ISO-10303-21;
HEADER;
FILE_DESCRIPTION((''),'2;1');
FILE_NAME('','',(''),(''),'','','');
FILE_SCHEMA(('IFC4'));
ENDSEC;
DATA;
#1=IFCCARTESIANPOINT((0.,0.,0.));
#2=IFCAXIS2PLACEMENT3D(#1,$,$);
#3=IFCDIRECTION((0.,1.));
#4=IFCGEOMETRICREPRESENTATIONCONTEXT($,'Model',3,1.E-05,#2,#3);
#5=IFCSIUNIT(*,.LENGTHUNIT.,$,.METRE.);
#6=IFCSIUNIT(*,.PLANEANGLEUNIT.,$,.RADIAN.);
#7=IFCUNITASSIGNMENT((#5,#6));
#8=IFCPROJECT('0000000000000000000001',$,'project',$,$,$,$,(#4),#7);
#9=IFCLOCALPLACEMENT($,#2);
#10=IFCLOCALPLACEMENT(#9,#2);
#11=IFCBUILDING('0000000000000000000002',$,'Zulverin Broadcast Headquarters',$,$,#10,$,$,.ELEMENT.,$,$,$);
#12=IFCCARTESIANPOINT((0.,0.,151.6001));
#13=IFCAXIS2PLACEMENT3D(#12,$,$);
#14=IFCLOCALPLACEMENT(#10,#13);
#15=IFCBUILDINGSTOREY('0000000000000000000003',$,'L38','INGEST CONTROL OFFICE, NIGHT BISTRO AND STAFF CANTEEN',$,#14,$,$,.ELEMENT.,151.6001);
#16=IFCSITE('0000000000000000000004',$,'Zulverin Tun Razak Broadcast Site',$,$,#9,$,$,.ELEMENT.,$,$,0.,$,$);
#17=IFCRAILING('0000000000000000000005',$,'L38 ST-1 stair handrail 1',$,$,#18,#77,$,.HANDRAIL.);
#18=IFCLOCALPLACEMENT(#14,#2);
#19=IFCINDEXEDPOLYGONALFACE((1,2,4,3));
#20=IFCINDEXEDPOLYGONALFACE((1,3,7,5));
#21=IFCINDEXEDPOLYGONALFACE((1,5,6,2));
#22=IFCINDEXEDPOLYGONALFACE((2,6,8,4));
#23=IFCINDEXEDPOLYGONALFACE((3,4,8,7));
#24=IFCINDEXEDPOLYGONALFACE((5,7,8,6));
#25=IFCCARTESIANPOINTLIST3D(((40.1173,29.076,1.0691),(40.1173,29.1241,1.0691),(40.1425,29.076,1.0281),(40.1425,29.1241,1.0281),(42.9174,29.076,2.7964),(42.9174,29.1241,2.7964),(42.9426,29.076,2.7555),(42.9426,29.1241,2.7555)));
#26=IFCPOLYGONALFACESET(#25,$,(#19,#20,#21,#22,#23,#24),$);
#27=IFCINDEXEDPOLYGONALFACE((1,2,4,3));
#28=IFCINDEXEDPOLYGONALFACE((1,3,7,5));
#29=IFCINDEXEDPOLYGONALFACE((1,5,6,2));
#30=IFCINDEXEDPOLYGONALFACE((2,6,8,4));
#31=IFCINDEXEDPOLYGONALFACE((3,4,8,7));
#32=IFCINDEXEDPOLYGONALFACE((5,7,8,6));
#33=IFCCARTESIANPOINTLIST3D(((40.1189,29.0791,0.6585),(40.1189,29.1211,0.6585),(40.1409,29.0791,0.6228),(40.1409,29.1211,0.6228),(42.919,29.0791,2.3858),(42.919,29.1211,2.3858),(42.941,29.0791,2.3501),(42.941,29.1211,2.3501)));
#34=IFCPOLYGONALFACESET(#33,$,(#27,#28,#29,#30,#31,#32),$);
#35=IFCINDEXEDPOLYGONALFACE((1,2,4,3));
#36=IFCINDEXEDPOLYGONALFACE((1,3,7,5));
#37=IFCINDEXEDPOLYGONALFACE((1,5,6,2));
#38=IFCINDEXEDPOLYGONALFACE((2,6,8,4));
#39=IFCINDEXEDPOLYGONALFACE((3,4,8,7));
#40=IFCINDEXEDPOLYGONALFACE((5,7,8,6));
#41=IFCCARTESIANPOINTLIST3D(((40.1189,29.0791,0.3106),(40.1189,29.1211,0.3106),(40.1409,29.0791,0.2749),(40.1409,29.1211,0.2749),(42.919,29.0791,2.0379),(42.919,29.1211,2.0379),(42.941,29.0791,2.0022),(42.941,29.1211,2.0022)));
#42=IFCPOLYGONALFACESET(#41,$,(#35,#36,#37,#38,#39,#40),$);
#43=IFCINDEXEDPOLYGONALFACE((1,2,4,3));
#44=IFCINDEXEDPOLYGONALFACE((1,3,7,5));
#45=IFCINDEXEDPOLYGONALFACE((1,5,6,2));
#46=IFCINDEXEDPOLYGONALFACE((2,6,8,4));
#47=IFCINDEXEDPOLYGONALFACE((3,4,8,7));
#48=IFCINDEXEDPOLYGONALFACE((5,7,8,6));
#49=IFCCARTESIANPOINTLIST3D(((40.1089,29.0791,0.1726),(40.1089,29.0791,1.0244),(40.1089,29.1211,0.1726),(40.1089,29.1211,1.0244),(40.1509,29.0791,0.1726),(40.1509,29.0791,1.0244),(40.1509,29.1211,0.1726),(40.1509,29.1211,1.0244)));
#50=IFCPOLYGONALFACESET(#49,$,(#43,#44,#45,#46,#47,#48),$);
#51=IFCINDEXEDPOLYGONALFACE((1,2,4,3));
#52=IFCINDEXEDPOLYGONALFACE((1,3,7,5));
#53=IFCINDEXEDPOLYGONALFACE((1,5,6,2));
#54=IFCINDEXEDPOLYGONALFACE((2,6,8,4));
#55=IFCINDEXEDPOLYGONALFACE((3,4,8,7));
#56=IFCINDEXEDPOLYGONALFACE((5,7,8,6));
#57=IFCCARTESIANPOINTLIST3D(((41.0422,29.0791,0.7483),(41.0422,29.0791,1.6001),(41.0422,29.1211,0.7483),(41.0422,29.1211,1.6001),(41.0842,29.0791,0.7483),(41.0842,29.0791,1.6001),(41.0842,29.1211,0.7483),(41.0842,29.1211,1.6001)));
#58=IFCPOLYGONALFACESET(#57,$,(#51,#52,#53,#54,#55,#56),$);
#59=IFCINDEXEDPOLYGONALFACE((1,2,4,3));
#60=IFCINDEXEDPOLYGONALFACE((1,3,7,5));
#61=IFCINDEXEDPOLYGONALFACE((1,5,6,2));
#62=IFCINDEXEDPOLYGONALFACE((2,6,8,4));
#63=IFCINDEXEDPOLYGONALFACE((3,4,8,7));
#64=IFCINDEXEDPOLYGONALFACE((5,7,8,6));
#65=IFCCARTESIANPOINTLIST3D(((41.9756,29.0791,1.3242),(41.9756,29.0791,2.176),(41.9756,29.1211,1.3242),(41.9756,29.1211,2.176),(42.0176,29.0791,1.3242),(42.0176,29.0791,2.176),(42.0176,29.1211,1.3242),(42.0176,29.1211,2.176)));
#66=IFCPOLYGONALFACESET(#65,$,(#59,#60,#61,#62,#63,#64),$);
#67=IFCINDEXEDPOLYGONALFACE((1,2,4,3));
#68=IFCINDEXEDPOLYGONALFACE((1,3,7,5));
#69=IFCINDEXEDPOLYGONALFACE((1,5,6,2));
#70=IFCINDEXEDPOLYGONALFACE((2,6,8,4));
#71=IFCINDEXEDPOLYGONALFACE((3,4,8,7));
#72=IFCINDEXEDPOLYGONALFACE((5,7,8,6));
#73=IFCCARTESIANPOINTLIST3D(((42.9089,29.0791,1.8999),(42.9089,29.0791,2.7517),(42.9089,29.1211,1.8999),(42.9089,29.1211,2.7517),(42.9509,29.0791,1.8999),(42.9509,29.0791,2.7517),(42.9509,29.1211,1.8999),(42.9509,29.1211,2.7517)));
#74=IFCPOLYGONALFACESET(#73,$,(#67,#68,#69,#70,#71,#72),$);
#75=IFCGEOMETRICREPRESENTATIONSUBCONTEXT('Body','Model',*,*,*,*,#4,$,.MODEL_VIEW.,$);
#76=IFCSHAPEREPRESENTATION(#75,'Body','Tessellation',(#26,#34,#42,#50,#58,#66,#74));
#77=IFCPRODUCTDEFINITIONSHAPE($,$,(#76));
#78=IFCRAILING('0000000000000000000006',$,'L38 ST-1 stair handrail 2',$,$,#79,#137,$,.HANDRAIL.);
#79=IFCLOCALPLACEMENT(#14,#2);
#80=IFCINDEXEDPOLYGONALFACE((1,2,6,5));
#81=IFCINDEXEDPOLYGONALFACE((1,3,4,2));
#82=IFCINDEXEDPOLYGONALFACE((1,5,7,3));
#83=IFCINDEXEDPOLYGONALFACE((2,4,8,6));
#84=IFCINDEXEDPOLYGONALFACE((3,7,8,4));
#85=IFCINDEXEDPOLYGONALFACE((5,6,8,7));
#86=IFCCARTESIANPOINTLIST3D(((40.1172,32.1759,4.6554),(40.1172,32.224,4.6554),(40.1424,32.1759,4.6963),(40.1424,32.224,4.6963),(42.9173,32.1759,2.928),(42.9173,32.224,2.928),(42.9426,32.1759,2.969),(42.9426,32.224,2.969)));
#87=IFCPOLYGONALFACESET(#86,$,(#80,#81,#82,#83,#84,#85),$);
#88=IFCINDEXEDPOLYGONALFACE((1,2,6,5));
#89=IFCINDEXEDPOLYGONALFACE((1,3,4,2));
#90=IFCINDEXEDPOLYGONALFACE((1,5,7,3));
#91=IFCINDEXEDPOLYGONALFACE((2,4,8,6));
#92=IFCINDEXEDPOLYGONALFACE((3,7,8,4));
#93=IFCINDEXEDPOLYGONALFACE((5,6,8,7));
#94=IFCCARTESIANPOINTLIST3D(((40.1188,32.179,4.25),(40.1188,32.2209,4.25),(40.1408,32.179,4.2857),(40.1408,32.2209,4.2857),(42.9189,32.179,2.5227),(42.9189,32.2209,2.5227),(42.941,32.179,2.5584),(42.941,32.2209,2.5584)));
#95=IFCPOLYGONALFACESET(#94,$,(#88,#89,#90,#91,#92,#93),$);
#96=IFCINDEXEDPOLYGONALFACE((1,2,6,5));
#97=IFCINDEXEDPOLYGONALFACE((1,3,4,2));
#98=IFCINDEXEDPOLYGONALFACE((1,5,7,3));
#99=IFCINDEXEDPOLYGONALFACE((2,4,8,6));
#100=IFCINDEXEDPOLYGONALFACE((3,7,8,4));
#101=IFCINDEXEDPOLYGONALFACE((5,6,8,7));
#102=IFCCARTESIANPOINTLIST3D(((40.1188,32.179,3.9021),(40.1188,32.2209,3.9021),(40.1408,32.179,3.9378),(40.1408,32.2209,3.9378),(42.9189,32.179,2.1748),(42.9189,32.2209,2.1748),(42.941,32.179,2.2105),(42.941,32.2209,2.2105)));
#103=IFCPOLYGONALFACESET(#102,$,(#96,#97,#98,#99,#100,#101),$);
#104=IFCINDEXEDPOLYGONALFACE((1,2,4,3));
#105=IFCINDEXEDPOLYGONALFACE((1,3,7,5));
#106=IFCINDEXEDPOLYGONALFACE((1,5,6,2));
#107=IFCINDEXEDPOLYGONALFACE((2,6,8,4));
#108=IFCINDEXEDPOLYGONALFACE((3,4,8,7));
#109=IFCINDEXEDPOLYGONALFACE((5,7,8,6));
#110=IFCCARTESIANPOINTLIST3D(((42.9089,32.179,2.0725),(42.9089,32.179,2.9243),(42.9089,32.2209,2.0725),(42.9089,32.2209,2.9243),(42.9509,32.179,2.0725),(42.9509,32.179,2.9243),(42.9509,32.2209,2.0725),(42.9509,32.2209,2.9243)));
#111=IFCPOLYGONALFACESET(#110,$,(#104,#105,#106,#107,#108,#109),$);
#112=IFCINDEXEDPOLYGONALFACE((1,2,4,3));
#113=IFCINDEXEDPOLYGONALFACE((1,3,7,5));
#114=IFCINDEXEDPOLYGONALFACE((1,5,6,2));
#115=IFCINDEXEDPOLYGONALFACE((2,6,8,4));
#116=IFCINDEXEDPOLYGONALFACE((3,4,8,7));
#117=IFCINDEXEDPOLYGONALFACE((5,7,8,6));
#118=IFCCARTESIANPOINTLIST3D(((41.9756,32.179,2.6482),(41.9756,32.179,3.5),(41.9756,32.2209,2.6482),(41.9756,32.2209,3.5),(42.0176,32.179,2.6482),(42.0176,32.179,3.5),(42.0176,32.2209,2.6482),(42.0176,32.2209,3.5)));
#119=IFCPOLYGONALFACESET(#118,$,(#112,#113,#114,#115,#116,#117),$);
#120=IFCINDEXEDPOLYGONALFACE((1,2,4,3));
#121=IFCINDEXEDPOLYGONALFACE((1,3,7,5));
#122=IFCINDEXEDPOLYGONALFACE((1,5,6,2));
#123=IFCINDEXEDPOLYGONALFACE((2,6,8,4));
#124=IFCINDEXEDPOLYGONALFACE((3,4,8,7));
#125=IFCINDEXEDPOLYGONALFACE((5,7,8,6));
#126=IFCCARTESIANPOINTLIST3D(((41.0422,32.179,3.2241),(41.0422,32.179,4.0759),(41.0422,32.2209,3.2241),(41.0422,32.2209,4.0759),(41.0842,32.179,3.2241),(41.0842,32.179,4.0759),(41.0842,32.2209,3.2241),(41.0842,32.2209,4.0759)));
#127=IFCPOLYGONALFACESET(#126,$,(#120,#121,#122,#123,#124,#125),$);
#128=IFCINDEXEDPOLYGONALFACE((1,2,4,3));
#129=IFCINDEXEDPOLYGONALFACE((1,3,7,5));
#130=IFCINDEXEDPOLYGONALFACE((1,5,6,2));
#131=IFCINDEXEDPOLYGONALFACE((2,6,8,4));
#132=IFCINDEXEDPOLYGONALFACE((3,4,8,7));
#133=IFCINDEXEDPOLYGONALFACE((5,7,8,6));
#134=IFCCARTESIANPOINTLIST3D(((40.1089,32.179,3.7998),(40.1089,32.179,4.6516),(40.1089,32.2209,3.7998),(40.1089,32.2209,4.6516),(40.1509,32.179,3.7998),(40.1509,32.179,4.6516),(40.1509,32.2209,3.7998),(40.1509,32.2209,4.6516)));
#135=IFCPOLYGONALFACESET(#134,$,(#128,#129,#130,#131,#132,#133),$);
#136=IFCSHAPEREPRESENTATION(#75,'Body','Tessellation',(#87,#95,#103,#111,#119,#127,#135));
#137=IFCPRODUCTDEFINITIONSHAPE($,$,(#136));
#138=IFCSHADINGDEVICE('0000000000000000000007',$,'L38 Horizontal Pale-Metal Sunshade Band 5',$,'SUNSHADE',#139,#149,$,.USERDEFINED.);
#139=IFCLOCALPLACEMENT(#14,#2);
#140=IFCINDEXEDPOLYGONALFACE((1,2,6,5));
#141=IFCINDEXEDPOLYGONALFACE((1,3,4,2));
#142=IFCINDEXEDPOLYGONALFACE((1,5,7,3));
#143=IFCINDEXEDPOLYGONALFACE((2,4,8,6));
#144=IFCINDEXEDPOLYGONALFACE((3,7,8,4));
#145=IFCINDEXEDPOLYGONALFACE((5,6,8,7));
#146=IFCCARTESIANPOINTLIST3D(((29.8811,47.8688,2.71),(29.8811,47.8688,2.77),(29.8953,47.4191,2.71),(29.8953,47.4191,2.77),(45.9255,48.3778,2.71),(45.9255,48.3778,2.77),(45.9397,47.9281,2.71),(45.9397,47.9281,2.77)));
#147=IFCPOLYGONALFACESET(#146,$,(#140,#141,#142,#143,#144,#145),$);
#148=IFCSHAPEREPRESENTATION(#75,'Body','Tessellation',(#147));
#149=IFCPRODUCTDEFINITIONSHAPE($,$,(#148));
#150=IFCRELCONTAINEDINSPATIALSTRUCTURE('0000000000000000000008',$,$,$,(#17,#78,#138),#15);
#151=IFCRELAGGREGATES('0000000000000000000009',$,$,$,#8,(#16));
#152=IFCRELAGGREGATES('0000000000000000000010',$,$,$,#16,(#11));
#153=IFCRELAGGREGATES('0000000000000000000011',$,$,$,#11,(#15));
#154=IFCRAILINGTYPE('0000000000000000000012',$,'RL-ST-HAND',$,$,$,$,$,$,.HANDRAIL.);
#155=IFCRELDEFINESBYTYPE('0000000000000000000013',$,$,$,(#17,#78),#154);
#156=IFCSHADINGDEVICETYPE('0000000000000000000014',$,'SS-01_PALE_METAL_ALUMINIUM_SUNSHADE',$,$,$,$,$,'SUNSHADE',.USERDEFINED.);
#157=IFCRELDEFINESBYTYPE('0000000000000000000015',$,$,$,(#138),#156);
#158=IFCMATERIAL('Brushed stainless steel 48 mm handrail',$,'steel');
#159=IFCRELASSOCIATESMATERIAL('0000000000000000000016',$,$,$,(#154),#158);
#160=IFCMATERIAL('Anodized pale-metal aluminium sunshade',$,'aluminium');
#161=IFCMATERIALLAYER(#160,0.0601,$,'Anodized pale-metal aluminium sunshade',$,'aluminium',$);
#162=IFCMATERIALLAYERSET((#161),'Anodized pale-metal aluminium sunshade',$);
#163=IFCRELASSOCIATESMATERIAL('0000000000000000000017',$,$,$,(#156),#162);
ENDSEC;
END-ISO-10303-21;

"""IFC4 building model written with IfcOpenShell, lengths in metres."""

from ifc_helpers import new_model, si_unit, direction, frame, origin, origin_2d, place, context, subcontext, project, spatial, rectangle, extrude, material, layer, layer_set, type_object, element, save


model = new_model("IFC4")

# Units and contexts
model_context = context("Model", 3, precision=1e-05, world=origin(), true_north=direction((0.0, 1.0)))
body_context = subcontext(model_context, "Body", "Model", "MODEL_VIEW")
ifc_project = project(units=[si_unit("LENGTHUNIT", "METRE"), si_unit("PLANEANGLEUNIT", "RADIAN")], contexts=[model_context])

# Site, building, storey
site_placement = place(None, origin())
site = spatial("IfcSite", under=ifc_project, at=site_placement, Name="Zulverin Tun Razak Broadcast Site", CompositionType="ELEMENT", RefElevation=0.0)
building_placement = place(site_placement, origin())
building = spatial("IfcBuilding", under=site, at=building_placement, Name="Zulverin Broadcast Headquarters", CompositionType="ELEMENT")
storey_placement = place(building_placement, frame((0.0, 0.0, 151.6001)))
storey = spatial("IfcBuildingStorey", under=building, at=storey_placement, Name="L38", Description="INGEST CONTROL OFFICE, NIGHT BISTRO AND STAFF CANTEEN", CompositionType="ELEMENT", Elevation=151.6001)

# Railings
ifc_material_1 = material(Name="Brushed stainless steel 48 mm handrail", Category="steel")
railing_type_1 = type_object("IfcRailingType", Name="RL-ST-HAND", PredefinedType="HANDRAIL", material=ifc_material_1)
railing_1_placement = place(storey_placement, frame((40.1299, 29.1001, 0.1726)))
element("IfcRailing", 1, at=railing_1_placement, inside=storey, type_object=railing_type_1, Name="L38 ST-1 stair handrail 1", PredefinedType="HANDRAIL", context=body_context, shape_type="SweptSolid", body=[
    extrude(rectangle(XDim=0.0481, YDim=0.0481, at=origin_2d()), frame((0.0, 0.0, 0.876), z_axis=(0.85109, 0.0, 0.52502), x_axis=(0.0, 1.0, 0.0)), (0.0, 0.0, 1.0), 3.29),
    extrude(rectangle(XDim=0.042, YDim=0.042, at=origin_2d()), frame((0.0, 0.0, 0.468), z_axis=(0.85109, 0.0, 0.52502), x_axis=(0.0, 1.0, 0.0)), (0.0, 0.0, 1.0), 3.29),
    extrude(rectangle(XDim=0.042, YDim=0.042, at=origin_2d()), frame((0.0, 0.0, 0.1201), z_axis=(0.85109, 0.0, 0.52502), x_axis=(0.0, 1.0, 0.0)), (0.0, 0.0, 1.0), 3.29),
    extrude(rectangle(XDim=0.042, YDim=0.042, at=origin_2d()), origin(), (0.0, 0.0, 1.0), 0.8518),
    extrude(rectangle(XDim=0.042, YDim=0.042, at=origin_2d()), frame((0.9333, 0.0, 0.5757)), (0.0, 0.0, 1.0), 0.8518),
    extrude(rectangle(XDim=0.042, YDim=0.042, at=origin_2d()), frame((1.8667, 0.0, 1.1516)), (0.0, 0.0, 1.0), 0.8518),
    extrude(rectangle(XDim=0.042, YDim=0.042, at=origin_2d()), frame((2.8, 0.0, 1.7273)), (0.0, 0.0, 1.0), 0.8518),
])
railing_2_placement = place(storey_placement, frame((42.9299, 32.2, 2.0725)))
element("IfcRailing", 2, at=railing_2_placement, inside=storey, type_object=railing_type_1, Name="L38 ST-1 stair handrail 2", PredefinedType="HANDRAIL", context=body_context, shape_type="SweptSolid", body=[
    extrude(rectangle(XDim=0.0481, YDim=0.0481, at=origin_2d()), frame((0.0, 0.0, 0.876), z_axis=(-0.85109, 0.0, 0.52502), x_axis=(0.0, -1.0, 0.0)), (0.0, 0.0, 1.0), 3.29),
    extrude(rectangle(XDim=0.042, YDim=0.042, at=origin_2d()), frame((0.0, 0.0, 0.468), z_axis=(-0.85109, 0.0, 0.52502), x_axis=(0.0, -1.0, 0.0)), (0.0, 0.0, 1.0), 3.29),
    extrude(rectangle(XDim=0.042, YDim=0.042, at=origin_2d()), frame((0.0, 0.0, 0.1201), z_axis=(-0.85109, 0.0, 0.52502), x_axis=(0.0, -1.0, 0.0)), (0.0, 0.0, 1.0), 3.29),
    extrude(rectangle(XDim=0.042, YDim=0.042, at=origin_2d()), origin(), (0.0, 0.0, 1.0), 0.8518),
    extrude(rectangle(XDim=0.042, YDim=0.042, at=origin_2d()), frame((-0.9333, 0.0, 0.5757)), (0.0, 0.0, 1.0), 0.8518),
    extrude(rectangle(XDim=0.042, YDim=0.042, at=origin_2d()), frame((-1.8667, 0.0, 1.1516)), (0.0, 0.0, 1.0), 0.8518),
    extrude(rectangle(XDim=0.042, YDim=0.042, at=origin_2d()), frame((-2.8, 0.0, 1.7273)), (0.0, 0.0, 1.0), 0.8518),
])

# Shading device
ifc_material_2 = material(Name="Anodized pale-metal aluminium sunshade", Category="aluminium")
ifc_layer_1 = layer(ifc_material_2, 0.0601, Name="Anodized pale-metal aluminium sunshade", Category="aluminium")
ifc_layer_set_1 = layer_set([ifc_layer_1], Name="Anodized pale-metal aluminium sunshade")
shading_device_type = type_object("IfcShadingDeviceType", Name="SS-01_PALE_METAL_ALUMINIUM_SUNSHADE", ElementType="SUNSHADE", PredefinedType="USERDEFINED", material=ifc_layer_set_1)
shading_device_placement = place(storey_placement, frame((37.9104, 47.8984, 2.71), z_axis=(0.0, 0.0, 1.0), x_axis=(-0.999497, -0.031709, 0.0)))
element("IfcShadingDevice", 3, at=shading_device_placement, inside=storey, type_object=shading_device_type, Name="L38 Horizontal Pale-Metal Sunshade Band 5", ObjectType="SUNSHADE", PredefinedType="USERDEFINED", context=body_context, shape_type="SweptSolid", body=[
    extrude(rectangle(XDim=16.0525, YDim=0.45, at=origin_2d()), origin(), (0.0, 0.0, 1.0), 0.0601),
])

save(model, "model.ifc")
